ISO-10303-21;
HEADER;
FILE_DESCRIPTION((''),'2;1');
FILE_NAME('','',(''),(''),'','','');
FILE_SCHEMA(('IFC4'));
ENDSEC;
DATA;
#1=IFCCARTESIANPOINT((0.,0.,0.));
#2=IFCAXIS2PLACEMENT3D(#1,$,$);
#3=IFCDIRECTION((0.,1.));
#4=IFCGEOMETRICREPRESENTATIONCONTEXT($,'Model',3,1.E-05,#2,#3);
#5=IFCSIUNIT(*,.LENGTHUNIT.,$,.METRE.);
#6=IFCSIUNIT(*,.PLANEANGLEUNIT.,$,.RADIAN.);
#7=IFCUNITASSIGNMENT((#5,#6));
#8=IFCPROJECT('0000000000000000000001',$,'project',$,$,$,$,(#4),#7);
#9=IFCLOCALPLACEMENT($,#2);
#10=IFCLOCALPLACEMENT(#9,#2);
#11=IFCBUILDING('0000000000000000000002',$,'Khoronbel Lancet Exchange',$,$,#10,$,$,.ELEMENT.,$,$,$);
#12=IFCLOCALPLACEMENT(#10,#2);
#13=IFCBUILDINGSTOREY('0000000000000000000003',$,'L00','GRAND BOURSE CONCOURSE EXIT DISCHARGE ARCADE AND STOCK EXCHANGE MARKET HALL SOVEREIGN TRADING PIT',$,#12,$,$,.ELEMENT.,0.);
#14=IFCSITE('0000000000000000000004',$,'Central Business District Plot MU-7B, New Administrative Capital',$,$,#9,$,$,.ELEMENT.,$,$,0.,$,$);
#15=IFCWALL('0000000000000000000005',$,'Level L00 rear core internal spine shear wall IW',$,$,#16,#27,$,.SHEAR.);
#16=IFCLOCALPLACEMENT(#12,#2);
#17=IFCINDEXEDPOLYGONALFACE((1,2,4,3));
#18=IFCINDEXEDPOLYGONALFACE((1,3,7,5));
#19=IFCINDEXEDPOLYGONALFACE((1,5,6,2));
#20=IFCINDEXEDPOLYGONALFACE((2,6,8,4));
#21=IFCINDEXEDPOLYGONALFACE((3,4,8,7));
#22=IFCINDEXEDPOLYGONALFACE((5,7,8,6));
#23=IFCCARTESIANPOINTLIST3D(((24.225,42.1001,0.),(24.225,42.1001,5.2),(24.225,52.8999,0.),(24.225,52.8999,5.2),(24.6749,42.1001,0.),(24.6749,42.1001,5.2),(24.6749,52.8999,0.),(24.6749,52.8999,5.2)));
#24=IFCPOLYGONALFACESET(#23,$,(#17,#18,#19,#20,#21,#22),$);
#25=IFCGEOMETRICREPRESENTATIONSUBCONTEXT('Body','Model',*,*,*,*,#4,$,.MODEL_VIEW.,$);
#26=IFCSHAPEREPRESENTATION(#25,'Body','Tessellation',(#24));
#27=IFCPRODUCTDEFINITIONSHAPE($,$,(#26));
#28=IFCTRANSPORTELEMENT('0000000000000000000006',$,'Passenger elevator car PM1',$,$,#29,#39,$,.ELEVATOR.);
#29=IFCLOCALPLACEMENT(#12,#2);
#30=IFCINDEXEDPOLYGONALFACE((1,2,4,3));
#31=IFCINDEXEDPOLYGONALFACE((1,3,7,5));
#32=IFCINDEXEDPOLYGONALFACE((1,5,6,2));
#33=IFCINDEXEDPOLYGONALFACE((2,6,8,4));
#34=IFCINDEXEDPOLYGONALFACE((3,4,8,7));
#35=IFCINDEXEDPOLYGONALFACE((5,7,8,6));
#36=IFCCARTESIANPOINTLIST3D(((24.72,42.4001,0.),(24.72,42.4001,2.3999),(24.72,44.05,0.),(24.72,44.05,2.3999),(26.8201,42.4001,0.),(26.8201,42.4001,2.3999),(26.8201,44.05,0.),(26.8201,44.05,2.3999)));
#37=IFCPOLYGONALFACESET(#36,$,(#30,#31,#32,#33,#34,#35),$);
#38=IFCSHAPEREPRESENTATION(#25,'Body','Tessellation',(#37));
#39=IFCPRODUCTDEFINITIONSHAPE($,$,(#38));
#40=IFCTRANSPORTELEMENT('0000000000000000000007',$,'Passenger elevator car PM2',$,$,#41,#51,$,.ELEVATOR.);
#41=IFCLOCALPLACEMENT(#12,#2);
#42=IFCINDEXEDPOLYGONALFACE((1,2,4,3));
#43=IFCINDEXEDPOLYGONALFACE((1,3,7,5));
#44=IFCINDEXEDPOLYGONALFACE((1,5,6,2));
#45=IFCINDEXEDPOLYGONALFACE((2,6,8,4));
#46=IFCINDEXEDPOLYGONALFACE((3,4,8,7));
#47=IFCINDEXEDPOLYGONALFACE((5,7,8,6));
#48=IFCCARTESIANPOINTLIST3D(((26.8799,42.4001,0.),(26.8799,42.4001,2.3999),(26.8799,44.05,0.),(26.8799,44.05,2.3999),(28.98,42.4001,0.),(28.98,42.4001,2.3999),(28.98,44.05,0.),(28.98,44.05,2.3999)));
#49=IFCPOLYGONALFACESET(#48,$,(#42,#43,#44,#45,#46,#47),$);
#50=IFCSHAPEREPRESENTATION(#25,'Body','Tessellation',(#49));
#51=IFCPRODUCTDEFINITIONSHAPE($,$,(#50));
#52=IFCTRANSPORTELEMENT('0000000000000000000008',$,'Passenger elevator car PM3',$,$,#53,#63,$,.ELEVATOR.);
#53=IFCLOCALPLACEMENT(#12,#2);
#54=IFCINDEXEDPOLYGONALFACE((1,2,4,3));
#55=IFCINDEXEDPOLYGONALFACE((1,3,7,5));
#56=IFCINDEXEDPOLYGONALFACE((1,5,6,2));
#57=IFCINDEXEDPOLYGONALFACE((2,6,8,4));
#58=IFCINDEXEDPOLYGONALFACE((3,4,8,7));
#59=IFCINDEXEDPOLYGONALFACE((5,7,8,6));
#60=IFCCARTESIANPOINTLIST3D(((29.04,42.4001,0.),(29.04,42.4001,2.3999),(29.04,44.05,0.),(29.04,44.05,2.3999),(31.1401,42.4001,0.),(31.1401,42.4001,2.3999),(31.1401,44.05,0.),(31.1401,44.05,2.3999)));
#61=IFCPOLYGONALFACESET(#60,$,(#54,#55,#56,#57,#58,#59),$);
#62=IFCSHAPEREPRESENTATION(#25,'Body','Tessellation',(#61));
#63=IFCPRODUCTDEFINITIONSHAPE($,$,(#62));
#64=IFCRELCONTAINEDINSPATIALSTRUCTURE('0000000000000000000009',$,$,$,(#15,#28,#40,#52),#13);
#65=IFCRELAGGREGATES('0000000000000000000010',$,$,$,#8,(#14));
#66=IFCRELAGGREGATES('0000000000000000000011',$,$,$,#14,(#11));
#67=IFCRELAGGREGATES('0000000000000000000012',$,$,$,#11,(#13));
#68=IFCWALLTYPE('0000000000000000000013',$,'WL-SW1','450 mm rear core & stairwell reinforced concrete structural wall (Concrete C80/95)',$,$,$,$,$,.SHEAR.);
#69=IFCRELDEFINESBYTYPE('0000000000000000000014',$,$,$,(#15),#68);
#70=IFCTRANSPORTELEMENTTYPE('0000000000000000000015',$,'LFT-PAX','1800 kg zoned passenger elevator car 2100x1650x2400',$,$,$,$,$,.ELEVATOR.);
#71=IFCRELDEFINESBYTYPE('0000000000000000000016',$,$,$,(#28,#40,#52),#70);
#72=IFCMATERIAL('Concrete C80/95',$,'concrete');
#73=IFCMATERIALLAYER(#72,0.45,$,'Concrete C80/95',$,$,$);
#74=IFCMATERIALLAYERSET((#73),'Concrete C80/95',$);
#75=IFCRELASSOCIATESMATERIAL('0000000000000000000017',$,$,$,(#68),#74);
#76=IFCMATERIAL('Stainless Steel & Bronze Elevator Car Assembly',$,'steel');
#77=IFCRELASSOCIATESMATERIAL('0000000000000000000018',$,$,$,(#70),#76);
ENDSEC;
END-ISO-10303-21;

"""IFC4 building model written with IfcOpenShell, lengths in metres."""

from ifc_helpers import new_model, si_unit, direction, frame, frame_2d, origin, origin_2d, place, context, subcontext, project, spatial, rectangle, extrude, material, layer, layer_set, type_object, element, save


model = new_model("IFC4")

# Units and contexts
model_context = context("Model", 3, precision=1e-05, world=origin(), true_north=direction((0.0, 1.0)))
body_context = subcontext(model_context, "Body", "Model", "MODEL_VIEW")
ifc_project = project(units=[si_unit("LENGTHUNIT", "METRE"), si_unit("PLANEANGLEUNIT", "RADIAN")], contexts=[model_context])

# Site, building, storey
site_placement = place(None, origin())
site = spatial("IfcSite", under=ifc_project, at=site_placement, Name="Central Business District Plot MU-7B, New Administrative Capital", CompositionType="ELEMENT", RefElevation=0.0)
building_placement = place(site_placement, origin())
building = spatial("IfcBuilding", under=site, at=building_placement, Name="Khoronbel Lancet Exchange", CompositionType="ELEMENT")
storey_placement = place(building_placement, origin())
storey = spatial("IfcBuildingStorey", under=building, at=storey_placement, Name="L00", Description="GRAND BOURSE CONCOURSE EXIT DISCHARGE ARCADE AND STOCK EXCHANGE MARKET HALL SOVEREIGN TRADING PIT", CompositionType="ELEMENT", Elevation=0.0)

# Wall
ifc_material_1 = material(Name="Concrete C80/95", Category="concrete")
ifc_layer_1 = layer(ifc_material_1, 0.45, Name="Concrete C80/95")
ifc_layer_set_1 = layer_set([ifc_layer_1], Name="Concrete C80/95")
wall_type_1 = type_object("IfcWallType", Name="WL-SW1", Description="450 mm rear core & stairwell reinforced concrete structural wall (Concrete C80/95)", PredefinedType="SHEAR", material=ifc_layer_set_1)
wall_1_placement = place(storey_placement, frame((24.45, 42.1001, 0.0), z_axis=(0.0, 0.0, 1.0), x_axis=(0.0, 1.0, 0.0)))
element("IfcWall", 1, at=wall_1_placement, inside=storey, type_object=wall_type_1, Name="Level L00 rear core internal spine shear wall IW", PredefinedType="SHEAR", context=body_context, shape_type="SweptSolid", body=[
    extrude(rectangle(XDim=10.7998, YDim=0.45, at=frame_2d((5.3999, 0.0))), origin(), (0.0, 0.0, 1.0), 5.2),
])

# Transport elements
ifc_material_2 = material(Name="Stainless Steel & Bronze Elevator Car Assembly", Category="steel")
transport_element_type = type_object("IfcTransportElementType", Name="LFT-PAX", Description="1800 kg zoned passenger elevator car 2100x1650x2400", PredefinedType="ELEVATOR", material=ifc_material_2)
for number, where, z_axis, x_axis, name in (
    (2, (25.77, 43.2251, 0.0), (0.0, 0.0, 1.0), (1.0, 0.0, 0.0), "Passenger elevator car PM1"),
    (3, (27.9299, 43.2251, 0.0), (0.0, 0.0, 1.0), (1.0, 0.0, 0.0), "Passenger elevator car PM2"),
    (4, (30.0901, 43.2251, 0.0), (0.0, 0.0, 1.0), (1.0, 0.0, 0.0), "Passenger elevator car PM3"),
):
    element("IfcTransportElement", number, at=place(storey_placement, frame(where, z_axis=z_axis, x_axis=x_axis)), inside=storey, type_object=transport_element_type, Name=name, PredefinedType="ELEVATOR", context=body_context, shape_type="SweptSolid", body=[
        extrude(rectangle(XDim=2.1001, YDim=1.6499, at=origin_2d()), origin(), (0.0, 0.0, 1.0), 2.3999),
    ])

save(model, "model.ifc")
